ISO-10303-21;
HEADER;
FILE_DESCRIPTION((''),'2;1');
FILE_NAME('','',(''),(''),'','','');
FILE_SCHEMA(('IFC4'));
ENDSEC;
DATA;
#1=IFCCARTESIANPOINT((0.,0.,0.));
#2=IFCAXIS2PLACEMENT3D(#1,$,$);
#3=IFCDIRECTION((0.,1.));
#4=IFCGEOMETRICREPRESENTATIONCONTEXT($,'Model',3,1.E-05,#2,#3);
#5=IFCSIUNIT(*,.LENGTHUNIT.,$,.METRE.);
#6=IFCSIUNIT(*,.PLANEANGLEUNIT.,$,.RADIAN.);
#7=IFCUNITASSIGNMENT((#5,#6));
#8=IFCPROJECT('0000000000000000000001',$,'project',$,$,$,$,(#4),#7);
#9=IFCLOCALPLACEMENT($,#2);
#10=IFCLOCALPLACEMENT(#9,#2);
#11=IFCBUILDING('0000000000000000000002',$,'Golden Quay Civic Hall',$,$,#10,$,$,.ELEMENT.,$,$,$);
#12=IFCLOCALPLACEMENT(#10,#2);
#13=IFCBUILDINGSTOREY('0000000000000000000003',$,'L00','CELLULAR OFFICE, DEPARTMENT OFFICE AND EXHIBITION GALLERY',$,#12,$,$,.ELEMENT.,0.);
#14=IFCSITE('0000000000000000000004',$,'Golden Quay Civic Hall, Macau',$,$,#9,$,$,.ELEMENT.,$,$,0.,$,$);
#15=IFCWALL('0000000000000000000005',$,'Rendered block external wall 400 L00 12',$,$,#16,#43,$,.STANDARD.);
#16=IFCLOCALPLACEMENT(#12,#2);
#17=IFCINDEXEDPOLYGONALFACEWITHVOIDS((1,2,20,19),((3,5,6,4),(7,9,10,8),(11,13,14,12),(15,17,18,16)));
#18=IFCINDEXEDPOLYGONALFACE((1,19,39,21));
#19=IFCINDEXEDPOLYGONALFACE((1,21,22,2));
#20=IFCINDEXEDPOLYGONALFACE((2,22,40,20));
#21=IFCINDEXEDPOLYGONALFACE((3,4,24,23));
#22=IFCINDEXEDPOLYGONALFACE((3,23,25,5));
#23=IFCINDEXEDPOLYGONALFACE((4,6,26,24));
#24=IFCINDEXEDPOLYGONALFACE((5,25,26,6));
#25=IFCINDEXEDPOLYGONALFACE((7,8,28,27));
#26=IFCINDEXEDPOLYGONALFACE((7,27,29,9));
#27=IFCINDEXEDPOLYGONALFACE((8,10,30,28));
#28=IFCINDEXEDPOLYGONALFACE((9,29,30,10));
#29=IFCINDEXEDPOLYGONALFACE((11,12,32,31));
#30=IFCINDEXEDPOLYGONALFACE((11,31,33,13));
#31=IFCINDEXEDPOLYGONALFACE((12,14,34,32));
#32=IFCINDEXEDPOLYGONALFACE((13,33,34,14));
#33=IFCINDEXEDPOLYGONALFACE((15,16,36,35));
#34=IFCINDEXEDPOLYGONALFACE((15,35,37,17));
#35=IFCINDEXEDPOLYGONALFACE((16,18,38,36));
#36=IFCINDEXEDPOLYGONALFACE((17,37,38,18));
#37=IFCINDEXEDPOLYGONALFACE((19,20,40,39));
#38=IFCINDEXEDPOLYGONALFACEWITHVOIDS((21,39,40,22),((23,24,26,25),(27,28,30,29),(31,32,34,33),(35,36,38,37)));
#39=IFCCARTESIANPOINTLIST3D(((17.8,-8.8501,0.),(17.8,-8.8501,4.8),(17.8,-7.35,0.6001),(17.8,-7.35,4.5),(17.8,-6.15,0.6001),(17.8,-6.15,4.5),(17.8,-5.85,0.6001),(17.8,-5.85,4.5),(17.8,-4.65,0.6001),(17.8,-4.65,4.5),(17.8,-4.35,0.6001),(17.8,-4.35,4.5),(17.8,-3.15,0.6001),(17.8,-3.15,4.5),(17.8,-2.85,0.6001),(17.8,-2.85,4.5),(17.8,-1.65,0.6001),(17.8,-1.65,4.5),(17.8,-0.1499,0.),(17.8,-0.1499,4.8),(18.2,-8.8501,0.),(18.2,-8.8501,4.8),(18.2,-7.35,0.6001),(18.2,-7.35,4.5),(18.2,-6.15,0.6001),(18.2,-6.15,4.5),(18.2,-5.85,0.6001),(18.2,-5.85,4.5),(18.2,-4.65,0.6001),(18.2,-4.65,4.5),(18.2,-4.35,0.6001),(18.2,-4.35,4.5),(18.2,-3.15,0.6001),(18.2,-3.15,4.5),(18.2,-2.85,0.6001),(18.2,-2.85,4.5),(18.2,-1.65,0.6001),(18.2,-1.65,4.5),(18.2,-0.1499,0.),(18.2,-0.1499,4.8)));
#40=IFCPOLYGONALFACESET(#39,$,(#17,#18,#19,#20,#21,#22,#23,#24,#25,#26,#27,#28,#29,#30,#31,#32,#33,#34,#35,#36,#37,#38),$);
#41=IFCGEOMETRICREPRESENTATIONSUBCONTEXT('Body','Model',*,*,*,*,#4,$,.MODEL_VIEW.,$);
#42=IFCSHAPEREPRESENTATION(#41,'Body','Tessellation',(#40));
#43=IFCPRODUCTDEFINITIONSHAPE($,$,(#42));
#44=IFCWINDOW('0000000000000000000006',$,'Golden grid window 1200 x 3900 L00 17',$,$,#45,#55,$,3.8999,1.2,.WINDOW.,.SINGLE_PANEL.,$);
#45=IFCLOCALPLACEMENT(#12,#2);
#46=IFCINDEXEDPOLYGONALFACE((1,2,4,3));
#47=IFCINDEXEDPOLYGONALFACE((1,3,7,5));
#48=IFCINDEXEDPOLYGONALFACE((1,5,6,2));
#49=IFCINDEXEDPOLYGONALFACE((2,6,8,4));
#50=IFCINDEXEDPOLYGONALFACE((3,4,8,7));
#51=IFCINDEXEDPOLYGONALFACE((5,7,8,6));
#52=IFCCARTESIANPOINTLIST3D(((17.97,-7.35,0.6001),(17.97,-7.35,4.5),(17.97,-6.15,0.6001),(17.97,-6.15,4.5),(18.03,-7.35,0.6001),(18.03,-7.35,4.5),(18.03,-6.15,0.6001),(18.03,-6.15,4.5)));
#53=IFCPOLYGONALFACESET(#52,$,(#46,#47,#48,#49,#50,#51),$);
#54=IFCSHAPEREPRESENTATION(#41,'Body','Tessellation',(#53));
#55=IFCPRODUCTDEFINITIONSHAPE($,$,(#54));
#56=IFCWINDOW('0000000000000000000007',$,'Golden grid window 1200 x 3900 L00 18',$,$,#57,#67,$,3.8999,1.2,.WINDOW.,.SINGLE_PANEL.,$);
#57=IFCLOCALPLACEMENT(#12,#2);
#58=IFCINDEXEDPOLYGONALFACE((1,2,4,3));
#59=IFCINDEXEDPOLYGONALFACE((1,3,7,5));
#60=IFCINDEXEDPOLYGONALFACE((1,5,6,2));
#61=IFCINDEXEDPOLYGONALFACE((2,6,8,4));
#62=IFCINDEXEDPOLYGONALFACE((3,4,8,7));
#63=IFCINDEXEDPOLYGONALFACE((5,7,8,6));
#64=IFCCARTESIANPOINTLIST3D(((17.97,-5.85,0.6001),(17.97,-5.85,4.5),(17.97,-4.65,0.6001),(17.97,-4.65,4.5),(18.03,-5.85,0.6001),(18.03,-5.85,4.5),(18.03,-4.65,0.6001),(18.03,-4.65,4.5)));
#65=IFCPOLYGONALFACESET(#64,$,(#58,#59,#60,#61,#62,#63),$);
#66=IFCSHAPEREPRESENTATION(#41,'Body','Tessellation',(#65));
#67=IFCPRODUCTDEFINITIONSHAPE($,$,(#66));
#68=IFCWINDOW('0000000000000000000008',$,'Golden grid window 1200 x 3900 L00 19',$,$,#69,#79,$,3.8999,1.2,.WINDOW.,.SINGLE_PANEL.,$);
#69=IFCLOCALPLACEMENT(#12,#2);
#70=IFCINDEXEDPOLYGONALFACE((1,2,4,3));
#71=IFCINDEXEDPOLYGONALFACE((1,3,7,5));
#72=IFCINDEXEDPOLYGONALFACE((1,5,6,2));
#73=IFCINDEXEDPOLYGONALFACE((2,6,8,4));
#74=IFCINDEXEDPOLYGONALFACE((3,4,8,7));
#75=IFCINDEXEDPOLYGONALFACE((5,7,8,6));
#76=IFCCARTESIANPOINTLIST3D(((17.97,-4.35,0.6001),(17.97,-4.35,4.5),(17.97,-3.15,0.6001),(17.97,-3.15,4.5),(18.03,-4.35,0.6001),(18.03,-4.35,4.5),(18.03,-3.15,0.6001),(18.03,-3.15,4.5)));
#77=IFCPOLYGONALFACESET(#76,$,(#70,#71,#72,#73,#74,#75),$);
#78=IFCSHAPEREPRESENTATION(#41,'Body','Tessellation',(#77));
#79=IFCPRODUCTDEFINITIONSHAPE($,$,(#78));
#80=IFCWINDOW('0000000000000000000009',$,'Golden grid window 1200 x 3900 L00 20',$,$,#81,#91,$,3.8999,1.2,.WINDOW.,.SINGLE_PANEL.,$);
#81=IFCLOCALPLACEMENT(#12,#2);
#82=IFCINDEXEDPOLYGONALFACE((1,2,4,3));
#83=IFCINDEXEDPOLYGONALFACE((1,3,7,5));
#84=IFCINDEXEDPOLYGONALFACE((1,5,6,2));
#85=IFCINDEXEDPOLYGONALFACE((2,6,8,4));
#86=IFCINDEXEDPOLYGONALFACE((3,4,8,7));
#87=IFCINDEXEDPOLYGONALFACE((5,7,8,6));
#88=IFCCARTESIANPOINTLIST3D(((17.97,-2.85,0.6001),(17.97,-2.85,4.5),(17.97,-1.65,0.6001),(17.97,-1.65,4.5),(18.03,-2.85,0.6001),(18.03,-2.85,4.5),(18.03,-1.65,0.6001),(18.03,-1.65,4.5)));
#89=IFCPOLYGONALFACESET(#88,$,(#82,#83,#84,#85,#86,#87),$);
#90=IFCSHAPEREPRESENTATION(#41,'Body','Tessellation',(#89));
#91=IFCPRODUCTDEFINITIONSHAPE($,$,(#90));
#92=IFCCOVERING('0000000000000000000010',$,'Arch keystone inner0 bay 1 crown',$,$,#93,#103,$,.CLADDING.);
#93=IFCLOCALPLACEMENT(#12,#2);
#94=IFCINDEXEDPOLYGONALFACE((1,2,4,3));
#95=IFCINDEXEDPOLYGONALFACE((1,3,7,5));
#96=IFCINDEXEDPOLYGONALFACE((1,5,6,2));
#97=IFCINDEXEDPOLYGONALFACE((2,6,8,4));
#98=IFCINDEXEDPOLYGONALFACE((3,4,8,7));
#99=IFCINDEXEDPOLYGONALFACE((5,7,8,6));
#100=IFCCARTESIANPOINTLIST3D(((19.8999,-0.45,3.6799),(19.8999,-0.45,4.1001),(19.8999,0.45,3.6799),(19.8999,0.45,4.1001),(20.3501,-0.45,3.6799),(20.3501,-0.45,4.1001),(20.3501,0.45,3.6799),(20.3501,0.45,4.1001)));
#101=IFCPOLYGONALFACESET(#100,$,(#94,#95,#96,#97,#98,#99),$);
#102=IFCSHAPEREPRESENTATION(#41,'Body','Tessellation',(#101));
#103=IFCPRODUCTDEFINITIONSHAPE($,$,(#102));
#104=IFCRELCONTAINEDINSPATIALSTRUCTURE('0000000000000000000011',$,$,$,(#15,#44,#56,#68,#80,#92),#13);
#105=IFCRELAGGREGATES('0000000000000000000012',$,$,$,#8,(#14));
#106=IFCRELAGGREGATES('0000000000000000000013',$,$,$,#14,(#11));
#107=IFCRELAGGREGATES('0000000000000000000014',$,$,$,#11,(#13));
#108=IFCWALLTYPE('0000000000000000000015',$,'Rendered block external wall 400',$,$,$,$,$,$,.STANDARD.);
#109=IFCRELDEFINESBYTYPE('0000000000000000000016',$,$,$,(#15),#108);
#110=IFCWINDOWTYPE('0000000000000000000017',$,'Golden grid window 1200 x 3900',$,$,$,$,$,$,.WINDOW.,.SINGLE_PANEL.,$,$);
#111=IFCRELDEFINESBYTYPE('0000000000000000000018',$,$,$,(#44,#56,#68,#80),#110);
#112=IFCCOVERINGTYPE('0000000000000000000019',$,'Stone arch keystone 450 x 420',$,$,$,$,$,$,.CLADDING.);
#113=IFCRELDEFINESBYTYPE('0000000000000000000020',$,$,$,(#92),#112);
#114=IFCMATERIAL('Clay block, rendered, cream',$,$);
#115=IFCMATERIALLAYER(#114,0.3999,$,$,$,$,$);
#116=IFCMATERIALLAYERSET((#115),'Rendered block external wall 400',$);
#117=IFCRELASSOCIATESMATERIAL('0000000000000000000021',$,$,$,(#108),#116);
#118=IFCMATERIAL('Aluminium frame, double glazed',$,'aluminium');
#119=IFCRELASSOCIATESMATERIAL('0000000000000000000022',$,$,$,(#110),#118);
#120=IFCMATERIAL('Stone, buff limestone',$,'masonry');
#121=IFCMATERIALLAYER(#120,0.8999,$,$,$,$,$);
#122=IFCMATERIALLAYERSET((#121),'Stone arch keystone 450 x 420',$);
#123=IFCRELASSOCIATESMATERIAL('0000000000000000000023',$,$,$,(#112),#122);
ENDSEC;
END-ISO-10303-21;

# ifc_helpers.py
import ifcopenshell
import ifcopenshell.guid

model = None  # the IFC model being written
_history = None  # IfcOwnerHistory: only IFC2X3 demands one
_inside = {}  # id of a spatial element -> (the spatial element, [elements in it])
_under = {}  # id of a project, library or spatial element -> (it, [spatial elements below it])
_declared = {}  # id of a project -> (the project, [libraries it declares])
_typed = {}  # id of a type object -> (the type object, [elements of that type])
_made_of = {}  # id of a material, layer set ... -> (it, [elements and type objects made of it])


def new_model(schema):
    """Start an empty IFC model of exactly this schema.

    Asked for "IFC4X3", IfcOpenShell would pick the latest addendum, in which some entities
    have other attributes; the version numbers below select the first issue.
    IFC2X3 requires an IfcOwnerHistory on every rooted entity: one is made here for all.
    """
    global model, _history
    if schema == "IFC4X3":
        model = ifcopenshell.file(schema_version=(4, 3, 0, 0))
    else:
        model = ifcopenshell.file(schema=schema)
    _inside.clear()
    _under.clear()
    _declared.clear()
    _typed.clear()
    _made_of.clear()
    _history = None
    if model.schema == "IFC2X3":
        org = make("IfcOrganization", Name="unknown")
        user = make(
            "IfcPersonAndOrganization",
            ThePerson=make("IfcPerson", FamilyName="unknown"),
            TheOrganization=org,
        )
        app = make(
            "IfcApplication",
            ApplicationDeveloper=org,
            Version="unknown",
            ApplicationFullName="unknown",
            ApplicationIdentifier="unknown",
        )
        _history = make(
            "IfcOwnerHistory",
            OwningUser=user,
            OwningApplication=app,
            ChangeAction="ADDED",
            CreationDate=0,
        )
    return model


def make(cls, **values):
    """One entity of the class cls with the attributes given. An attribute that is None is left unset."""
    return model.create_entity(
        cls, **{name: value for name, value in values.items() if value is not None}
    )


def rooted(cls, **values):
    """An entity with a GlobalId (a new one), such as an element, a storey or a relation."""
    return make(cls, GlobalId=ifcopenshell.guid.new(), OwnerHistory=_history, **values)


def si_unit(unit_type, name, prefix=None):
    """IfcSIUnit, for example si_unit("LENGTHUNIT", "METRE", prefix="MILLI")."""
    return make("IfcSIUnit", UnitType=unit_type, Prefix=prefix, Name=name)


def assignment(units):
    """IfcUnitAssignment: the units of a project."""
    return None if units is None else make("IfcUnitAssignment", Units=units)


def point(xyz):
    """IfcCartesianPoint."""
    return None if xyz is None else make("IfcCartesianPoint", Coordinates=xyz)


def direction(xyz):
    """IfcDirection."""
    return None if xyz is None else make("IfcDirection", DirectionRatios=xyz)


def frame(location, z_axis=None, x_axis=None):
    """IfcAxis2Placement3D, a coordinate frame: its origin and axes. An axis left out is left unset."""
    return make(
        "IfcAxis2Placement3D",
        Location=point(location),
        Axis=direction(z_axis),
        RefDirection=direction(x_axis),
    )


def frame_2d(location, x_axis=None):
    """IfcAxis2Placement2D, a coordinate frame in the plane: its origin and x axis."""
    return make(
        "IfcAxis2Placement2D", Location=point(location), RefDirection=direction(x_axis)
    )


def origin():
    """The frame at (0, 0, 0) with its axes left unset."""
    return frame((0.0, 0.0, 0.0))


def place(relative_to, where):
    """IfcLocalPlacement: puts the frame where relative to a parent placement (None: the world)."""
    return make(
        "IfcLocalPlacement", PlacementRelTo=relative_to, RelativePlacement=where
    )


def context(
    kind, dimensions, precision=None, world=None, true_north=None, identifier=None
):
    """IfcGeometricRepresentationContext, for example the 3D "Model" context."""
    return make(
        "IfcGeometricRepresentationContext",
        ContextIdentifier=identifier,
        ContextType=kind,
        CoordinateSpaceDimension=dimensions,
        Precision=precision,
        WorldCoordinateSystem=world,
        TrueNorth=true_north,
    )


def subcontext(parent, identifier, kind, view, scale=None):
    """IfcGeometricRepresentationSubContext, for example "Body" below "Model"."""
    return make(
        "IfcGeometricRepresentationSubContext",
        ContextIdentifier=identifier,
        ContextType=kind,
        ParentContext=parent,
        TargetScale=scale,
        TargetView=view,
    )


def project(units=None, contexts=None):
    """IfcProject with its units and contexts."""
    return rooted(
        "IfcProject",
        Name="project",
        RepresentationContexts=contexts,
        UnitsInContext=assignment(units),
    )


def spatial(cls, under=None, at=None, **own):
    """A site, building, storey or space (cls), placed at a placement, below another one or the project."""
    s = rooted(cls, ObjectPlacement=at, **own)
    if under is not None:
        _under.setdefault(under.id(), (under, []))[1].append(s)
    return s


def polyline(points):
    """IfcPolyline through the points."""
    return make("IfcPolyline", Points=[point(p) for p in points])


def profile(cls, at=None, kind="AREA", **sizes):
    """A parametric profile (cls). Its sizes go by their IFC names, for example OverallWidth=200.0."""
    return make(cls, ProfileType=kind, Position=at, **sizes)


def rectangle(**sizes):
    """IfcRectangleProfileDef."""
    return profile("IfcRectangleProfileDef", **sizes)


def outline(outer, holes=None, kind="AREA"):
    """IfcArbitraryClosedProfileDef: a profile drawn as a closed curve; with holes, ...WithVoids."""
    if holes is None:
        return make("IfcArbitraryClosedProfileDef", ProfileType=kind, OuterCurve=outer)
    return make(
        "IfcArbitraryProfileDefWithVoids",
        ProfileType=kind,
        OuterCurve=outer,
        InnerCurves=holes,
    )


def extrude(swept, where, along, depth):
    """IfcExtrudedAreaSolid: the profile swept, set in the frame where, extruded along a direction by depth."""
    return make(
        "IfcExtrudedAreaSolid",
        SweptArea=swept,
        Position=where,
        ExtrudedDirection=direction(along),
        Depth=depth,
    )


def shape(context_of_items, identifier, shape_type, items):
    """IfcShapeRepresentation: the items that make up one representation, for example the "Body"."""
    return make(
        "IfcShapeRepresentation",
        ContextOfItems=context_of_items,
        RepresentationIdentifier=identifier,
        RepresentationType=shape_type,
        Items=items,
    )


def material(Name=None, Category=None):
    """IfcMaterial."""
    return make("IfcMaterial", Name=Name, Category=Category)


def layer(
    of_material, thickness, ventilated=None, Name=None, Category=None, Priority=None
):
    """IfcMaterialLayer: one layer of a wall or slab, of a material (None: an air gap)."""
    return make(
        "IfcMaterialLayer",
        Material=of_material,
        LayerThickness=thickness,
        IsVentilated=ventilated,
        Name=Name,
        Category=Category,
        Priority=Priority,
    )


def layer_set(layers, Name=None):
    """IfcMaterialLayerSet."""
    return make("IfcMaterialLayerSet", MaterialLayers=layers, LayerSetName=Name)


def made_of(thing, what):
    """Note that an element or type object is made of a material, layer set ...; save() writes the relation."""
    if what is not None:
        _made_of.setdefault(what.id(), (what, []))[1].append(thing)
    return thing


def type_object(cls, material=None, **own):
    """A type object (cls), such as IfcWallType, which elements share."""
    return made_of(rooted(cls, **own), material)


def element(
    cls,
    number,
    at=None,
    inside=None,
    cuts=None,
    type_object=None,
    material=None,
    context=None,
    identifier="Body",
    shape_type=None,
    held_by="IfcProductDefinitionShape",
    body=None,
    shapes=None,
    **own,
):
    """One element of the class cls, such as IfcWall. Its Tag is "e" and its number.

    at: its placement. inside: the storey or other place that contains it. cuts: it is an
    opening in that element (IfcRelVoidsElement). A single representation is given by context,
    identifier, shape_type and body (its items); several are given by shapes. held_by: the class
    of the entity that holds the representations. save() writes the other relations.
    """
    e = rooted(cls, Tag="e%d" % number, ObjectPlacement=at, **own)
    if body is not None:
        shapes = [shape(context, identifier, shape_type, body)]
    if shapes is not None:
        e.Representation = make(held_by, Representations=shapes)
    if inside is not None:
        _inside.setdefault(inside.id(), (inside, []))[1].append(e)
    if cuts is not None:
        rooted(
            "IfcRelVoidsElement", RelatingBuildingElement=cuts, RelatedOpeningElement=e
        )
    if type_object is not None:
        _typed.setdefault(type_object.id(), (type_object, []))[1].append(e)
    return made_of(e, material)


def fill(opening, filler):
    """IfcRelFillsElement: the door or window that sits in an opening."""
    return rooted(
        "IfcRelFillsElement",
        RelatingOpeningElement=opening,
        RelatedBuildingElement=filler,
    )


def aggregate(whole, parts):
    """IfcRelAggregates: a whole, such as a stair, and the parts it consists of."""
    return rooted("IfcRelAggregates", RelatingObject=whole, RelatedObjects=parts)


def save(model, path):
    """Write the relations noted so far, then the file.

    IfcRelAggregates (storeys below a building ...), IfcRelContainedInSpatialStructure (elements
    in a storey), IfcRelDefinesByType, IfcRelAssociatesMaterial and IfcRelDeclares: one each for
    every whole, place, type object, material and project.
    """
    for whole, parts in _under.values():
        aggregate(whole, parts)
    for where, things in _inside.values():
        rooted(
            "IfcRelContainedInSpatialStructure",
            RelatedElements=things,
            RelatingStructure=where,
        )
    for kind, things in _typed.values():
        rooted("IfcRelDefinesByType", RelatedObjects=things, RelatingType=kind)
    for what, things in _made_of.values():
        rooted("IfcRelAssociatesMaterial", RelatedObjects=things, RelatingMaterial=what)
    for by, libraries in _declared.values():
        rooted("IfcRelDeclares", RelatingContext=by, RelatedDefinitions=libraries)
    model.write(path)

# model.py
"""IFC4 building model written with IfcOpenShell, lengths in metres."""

from ifc_helpers import new_model, si_unit, direction, frame, frame_2d, origin, place, context, subcontext, project, spatial, polyline, rectangle, outline, extrude, material, layer, layer_set, type_object, element, fill, save


model = new_model("IFC4")

# Units and contexts
model_context = context("Model", 3, precision=1e-05, world=origin(), true_north=direction((0.0, 1.0)))
body_context = subcontext(model_context, "Body", "Model", "MODEL_VIEW")
ifc_project = project(units=[si_unit("LENGTHUNIT", "METRE"), si_unit("PLANEANGLEUNIT", "RADIAN")], contexts=[model_context])

# Site, building, storey
site_placement = place(None, origin())
site = spatial("IfcSite", under=ifc_project, at=site_placement, Name="Golden Quay Civic Hall, Macau", CompositionType="ELEMENT", RefElevation=0.0)
building_placement = place(site_placement, origin())
building = spatial("IfcBuilding", under=site, at=building_placement, Name="Golden Quay Civic Hall", CompositionType="ELEMENT")
storey_placement = place(building_placement, origin())
storey = spatial("IfcBuildingStorey", under=building, at=storey_placement, Name="L00", Description="CELLULAR OFFICE, DEPARTMENT OFFICE AND EXHIBITION GALLERY", CompositionType="ELEMENT", Elevation=0.0)

# Wall, openings, windows
ifc_material_1 = material(Name="Clay block, rendered, cream")
ifc_layer_1 = layer(ifc_material_1, 0.3999)
ifc_layer_set_1 = layer_set([ifc_layer_1], Name="Rendered block external wall 400")
wall_type = type_object("IfcWallType", Name="Rendered block external wall 400", PredefinedType="STANDARD", material=ifc_layer_set_1)
wall_placement = place(storey_placement, frame((18.0, -0.1499, 0.0), z_axis=(0.0, 0.0, 1.0), x_axis=(0.0, -1.0, 0.0)))
wall = element("IfcWall", 1, at=wall_placement, inside=storey, type_object=wall_type, Name="Rendered block external wall 400 L00 12", PredefinedType="STANDARD", context=body_context, shape_type="SweptSolid", body=[
    extrude(rectangle(XDim=8.7002, YDim=0.3999, at=frame_2d((4.3501, 0.0))), origin(), (0.0, 0.0, 1.0), 4.8),
])
opening_1_placement = place(wall_placement, frame((6.0, 0.0, 0.6001)))
opening_1 = element("IfcOpeningElement", 2, at=opening_1_placement, cuts=wall, PredefinedType="OPENING", context=body_context, shape_type="SweptSolid", body=[
    extrude(rectangle(XDim=1.2, YDim=3.8999, at=frame_2d((0.6001, 1.95))), frame((0.0, 0.21, 0.0), z_axis=(0.0, -1.0, 0.0), x_axis=(1.0, 0.0, 0.0)), (0.0, 0.0, 1.0), 0.4199),
])
opening_2_placement = place(wall_placement, frame((4.5, 0.0, 0.6001)))
opening_2 = element("IfcOpeningElement", 3, at=opening_2_placement, cuts=wall, PredefinedType="OPENING", context=body_context, shape_type="SweptSolid", body=[
    extrude(rectangle(XDim=1.2, YDim=3.8999, at=frame_2d((0.6001, 1.95))), frame((0.0, 0.21, 0.0), z_axis=(0.0, -1.0, 0.0), x_axis=(1.0, 0.0, 0.0)), (0.0, 0.0, 1.0), 0.4199),
])
opening_3_placement = place(wall_placement, frame((3.0, 0.0, 0.6001)))
opening_3 = element("IfcOpeningElement", 4, at=opening_3_placement, cuts=wall, PredefinedType="OPENING", context=body_context, shape_type="SweptSolid", body=[
    extrude(rectangle(XDim=1.2, YDim=3.8999, at=frame_2d((0.6001, 1.95))), frame((0.0, 0.21, 0.0), z_axis=(0.0, -1.0, 0.0), x_axis=(1.0, 0.0, 0.0)), (0.0, 0.0, 1.0), 0.4199),
])
opening_4_placement = place(wall_placement, frame((1.5, 0.0, 0.6001)))
opening_4 = element("IfcOpeningElement", 5, at=opening_4_placement, cuts=wall, PredefinedType="OPENING", context=body_context, shape_type="SweptSolid", body=[
    extrude(rectangle(XDim=1.2, YDim=3.8999, at=frame_2d((0.6001, 1.95))), frame((0.0, 0.21, 0.0), z_axis=(0.0, -1.0, 0.0), x_axis=(1.0, 0.0, 0.0)), (0.0, 0.0, 1.0), 0.4199),
])
ifc_material_2 = material(Name="Aluminium frame, double glazed", Category="aluminium")
window_type = type_object("IfcWindowType", Name="Golden grid window 1200 x 3900", PartitioningType="SINGLE_PANEL", PredefinedType="WINDOW", material=ifc_material_2)
window_1_placement = place(opening_1_placement, origin())
window_1 = element("IfcWindow", 6, at=window_1_placement, inside=storey, type_object=window_type, Name="Golden grid window 1200 x 3900 L00 17", OverallHeight=3.8999, OverallWidth=1.2, PartitioningType="SINGLE_PANEL", PredefinedType="WINDOW", context=body_context, shape_type="SweptSolid", body=[
    extrude(rectangle(XDim=1.2, YDim=3.8999, at=frame_2d((0.6001, 1.95))), frame((0.0, 0.03, 0.0), z_axis=(0.0, -1.0, 0.0), x_axis=(1.0, 0.0, 0.0)), (0.0, 0.0, 1.0), 0.0601),
])
fill(opening_1, window_1)
window_2_placement = place(opening_2_placement, origin())
window_2 = element("IfcWindow", 7, at=window_2_placement, inside=storey, type_object=window_type, Name="Golden grid window 1200 x 3900 L00 18", OverallHeight=3.8999, OverallWidth=1.2, PartitioningType="SINGLE_PANEL", PredefinedType="WINDOW", context=body_context, shape_type="SweptSolid", body=[
    extrude(rectangle(XDim=1.2, YDim=3.8999, at=frame_2d((0.6001, 1.95))), frame((0.0, 0.03, 0.0), z_axis=(0.0, -1.0, 0.0), x_axis=(1.0, 0.0, 0.0)), (0.0, 0.0, 1.0), 0.0601),
])
fill(opening_2, window_2)
window_3_placement = place(opening_3_placement, origin())
window_3 = element("IfcWindow", 8, at=window_3_placement, inside=storey, type_object=window_type, Name="Golden grid window 1200 x 3900 L00 19", OverallHeight=3.8999, OverallWidth=1.2, PartitioningType="SINGLE_PANEL", PredefinedType="WINDOW", context=body_context, shape_type="SweptSolid", body=[
    extrude(rectangle(XDim=1.2, YDim=3.8999, at=frame_2d((0.6001, 1.95))), frame((0.0, 0.03, 0.0), z_axis=(0.0, -1.0, 0.0), x_axis=(1.0, 0.0, 0.0)), (0.0, 0.0, 1.0), 0.0601),
])
fill(opening_3, window_3)
window_4_placement = place(opening_4_placement, origin())
window_4 = element("IfcWindow", 9, at=window_4_placement, inside=storey, type_object=window_type, Name="Golden grid window 1200 x 3900 L00 20", OverallHeight=3.8999, OverallWidth=1.2, PartitioningType="SINGLE_PANEL", PredefinedType="WINDOW", context=body_context, shape_type="SweptSolid", body=[
    extrude(rectangle(XDim=1.2, YDim=3.8999, at=frame_2d((0.6001, 1.95))), frame((0.0, 0.03, 0.0), z_axis=(0.0, -1.0, 0.0), x_axis=(1.0, 0.0, 0.0)), (0.0, 0.0, 1.0), 0.0601),
])
fill(opening_4, window_4)

# Covering
ifc_material_3 = material(Name="Stone, buff limestone", Category="masonry")
ifc_layer_2 = layer(ifc_material_3, 0.8999)
ifc_layer_set_2 = layer_set([ifc_layer_2], Name="Stone arch keystone 450 x 420")
covering_type_1 = type_object("IfcCoveringType", Name="Stone arch keystone 450 x 420", PredefinedType="CLADDING", material=ifc_layer_set_2)
covering_1_placement = place(storey_placement, frame((19.8999, -0.45, 3.6799), z_axis=(0.0, -1.0, 0.0), x_axis=(1.0, 0.0, 0.0)))
element("IfcCovering", 10, at=covering_1_placement, inside=storey, type_object=covering_type_1, Name="Arch keystone inner0 bay 1 crown", PredefinedType="CLADDING", context=body_context, shape_type="SweptSolid", body=[
    extrude(outline(polyline([(0.0, 0.0), (0.4502, 0.0), (0.4502, 0.4202), (0.0, 0.4202), (0.0, 0.0)])), origin(), (0.0, 0.0, -1.0), 0.8999),
])

save(model, "model.ifc")
